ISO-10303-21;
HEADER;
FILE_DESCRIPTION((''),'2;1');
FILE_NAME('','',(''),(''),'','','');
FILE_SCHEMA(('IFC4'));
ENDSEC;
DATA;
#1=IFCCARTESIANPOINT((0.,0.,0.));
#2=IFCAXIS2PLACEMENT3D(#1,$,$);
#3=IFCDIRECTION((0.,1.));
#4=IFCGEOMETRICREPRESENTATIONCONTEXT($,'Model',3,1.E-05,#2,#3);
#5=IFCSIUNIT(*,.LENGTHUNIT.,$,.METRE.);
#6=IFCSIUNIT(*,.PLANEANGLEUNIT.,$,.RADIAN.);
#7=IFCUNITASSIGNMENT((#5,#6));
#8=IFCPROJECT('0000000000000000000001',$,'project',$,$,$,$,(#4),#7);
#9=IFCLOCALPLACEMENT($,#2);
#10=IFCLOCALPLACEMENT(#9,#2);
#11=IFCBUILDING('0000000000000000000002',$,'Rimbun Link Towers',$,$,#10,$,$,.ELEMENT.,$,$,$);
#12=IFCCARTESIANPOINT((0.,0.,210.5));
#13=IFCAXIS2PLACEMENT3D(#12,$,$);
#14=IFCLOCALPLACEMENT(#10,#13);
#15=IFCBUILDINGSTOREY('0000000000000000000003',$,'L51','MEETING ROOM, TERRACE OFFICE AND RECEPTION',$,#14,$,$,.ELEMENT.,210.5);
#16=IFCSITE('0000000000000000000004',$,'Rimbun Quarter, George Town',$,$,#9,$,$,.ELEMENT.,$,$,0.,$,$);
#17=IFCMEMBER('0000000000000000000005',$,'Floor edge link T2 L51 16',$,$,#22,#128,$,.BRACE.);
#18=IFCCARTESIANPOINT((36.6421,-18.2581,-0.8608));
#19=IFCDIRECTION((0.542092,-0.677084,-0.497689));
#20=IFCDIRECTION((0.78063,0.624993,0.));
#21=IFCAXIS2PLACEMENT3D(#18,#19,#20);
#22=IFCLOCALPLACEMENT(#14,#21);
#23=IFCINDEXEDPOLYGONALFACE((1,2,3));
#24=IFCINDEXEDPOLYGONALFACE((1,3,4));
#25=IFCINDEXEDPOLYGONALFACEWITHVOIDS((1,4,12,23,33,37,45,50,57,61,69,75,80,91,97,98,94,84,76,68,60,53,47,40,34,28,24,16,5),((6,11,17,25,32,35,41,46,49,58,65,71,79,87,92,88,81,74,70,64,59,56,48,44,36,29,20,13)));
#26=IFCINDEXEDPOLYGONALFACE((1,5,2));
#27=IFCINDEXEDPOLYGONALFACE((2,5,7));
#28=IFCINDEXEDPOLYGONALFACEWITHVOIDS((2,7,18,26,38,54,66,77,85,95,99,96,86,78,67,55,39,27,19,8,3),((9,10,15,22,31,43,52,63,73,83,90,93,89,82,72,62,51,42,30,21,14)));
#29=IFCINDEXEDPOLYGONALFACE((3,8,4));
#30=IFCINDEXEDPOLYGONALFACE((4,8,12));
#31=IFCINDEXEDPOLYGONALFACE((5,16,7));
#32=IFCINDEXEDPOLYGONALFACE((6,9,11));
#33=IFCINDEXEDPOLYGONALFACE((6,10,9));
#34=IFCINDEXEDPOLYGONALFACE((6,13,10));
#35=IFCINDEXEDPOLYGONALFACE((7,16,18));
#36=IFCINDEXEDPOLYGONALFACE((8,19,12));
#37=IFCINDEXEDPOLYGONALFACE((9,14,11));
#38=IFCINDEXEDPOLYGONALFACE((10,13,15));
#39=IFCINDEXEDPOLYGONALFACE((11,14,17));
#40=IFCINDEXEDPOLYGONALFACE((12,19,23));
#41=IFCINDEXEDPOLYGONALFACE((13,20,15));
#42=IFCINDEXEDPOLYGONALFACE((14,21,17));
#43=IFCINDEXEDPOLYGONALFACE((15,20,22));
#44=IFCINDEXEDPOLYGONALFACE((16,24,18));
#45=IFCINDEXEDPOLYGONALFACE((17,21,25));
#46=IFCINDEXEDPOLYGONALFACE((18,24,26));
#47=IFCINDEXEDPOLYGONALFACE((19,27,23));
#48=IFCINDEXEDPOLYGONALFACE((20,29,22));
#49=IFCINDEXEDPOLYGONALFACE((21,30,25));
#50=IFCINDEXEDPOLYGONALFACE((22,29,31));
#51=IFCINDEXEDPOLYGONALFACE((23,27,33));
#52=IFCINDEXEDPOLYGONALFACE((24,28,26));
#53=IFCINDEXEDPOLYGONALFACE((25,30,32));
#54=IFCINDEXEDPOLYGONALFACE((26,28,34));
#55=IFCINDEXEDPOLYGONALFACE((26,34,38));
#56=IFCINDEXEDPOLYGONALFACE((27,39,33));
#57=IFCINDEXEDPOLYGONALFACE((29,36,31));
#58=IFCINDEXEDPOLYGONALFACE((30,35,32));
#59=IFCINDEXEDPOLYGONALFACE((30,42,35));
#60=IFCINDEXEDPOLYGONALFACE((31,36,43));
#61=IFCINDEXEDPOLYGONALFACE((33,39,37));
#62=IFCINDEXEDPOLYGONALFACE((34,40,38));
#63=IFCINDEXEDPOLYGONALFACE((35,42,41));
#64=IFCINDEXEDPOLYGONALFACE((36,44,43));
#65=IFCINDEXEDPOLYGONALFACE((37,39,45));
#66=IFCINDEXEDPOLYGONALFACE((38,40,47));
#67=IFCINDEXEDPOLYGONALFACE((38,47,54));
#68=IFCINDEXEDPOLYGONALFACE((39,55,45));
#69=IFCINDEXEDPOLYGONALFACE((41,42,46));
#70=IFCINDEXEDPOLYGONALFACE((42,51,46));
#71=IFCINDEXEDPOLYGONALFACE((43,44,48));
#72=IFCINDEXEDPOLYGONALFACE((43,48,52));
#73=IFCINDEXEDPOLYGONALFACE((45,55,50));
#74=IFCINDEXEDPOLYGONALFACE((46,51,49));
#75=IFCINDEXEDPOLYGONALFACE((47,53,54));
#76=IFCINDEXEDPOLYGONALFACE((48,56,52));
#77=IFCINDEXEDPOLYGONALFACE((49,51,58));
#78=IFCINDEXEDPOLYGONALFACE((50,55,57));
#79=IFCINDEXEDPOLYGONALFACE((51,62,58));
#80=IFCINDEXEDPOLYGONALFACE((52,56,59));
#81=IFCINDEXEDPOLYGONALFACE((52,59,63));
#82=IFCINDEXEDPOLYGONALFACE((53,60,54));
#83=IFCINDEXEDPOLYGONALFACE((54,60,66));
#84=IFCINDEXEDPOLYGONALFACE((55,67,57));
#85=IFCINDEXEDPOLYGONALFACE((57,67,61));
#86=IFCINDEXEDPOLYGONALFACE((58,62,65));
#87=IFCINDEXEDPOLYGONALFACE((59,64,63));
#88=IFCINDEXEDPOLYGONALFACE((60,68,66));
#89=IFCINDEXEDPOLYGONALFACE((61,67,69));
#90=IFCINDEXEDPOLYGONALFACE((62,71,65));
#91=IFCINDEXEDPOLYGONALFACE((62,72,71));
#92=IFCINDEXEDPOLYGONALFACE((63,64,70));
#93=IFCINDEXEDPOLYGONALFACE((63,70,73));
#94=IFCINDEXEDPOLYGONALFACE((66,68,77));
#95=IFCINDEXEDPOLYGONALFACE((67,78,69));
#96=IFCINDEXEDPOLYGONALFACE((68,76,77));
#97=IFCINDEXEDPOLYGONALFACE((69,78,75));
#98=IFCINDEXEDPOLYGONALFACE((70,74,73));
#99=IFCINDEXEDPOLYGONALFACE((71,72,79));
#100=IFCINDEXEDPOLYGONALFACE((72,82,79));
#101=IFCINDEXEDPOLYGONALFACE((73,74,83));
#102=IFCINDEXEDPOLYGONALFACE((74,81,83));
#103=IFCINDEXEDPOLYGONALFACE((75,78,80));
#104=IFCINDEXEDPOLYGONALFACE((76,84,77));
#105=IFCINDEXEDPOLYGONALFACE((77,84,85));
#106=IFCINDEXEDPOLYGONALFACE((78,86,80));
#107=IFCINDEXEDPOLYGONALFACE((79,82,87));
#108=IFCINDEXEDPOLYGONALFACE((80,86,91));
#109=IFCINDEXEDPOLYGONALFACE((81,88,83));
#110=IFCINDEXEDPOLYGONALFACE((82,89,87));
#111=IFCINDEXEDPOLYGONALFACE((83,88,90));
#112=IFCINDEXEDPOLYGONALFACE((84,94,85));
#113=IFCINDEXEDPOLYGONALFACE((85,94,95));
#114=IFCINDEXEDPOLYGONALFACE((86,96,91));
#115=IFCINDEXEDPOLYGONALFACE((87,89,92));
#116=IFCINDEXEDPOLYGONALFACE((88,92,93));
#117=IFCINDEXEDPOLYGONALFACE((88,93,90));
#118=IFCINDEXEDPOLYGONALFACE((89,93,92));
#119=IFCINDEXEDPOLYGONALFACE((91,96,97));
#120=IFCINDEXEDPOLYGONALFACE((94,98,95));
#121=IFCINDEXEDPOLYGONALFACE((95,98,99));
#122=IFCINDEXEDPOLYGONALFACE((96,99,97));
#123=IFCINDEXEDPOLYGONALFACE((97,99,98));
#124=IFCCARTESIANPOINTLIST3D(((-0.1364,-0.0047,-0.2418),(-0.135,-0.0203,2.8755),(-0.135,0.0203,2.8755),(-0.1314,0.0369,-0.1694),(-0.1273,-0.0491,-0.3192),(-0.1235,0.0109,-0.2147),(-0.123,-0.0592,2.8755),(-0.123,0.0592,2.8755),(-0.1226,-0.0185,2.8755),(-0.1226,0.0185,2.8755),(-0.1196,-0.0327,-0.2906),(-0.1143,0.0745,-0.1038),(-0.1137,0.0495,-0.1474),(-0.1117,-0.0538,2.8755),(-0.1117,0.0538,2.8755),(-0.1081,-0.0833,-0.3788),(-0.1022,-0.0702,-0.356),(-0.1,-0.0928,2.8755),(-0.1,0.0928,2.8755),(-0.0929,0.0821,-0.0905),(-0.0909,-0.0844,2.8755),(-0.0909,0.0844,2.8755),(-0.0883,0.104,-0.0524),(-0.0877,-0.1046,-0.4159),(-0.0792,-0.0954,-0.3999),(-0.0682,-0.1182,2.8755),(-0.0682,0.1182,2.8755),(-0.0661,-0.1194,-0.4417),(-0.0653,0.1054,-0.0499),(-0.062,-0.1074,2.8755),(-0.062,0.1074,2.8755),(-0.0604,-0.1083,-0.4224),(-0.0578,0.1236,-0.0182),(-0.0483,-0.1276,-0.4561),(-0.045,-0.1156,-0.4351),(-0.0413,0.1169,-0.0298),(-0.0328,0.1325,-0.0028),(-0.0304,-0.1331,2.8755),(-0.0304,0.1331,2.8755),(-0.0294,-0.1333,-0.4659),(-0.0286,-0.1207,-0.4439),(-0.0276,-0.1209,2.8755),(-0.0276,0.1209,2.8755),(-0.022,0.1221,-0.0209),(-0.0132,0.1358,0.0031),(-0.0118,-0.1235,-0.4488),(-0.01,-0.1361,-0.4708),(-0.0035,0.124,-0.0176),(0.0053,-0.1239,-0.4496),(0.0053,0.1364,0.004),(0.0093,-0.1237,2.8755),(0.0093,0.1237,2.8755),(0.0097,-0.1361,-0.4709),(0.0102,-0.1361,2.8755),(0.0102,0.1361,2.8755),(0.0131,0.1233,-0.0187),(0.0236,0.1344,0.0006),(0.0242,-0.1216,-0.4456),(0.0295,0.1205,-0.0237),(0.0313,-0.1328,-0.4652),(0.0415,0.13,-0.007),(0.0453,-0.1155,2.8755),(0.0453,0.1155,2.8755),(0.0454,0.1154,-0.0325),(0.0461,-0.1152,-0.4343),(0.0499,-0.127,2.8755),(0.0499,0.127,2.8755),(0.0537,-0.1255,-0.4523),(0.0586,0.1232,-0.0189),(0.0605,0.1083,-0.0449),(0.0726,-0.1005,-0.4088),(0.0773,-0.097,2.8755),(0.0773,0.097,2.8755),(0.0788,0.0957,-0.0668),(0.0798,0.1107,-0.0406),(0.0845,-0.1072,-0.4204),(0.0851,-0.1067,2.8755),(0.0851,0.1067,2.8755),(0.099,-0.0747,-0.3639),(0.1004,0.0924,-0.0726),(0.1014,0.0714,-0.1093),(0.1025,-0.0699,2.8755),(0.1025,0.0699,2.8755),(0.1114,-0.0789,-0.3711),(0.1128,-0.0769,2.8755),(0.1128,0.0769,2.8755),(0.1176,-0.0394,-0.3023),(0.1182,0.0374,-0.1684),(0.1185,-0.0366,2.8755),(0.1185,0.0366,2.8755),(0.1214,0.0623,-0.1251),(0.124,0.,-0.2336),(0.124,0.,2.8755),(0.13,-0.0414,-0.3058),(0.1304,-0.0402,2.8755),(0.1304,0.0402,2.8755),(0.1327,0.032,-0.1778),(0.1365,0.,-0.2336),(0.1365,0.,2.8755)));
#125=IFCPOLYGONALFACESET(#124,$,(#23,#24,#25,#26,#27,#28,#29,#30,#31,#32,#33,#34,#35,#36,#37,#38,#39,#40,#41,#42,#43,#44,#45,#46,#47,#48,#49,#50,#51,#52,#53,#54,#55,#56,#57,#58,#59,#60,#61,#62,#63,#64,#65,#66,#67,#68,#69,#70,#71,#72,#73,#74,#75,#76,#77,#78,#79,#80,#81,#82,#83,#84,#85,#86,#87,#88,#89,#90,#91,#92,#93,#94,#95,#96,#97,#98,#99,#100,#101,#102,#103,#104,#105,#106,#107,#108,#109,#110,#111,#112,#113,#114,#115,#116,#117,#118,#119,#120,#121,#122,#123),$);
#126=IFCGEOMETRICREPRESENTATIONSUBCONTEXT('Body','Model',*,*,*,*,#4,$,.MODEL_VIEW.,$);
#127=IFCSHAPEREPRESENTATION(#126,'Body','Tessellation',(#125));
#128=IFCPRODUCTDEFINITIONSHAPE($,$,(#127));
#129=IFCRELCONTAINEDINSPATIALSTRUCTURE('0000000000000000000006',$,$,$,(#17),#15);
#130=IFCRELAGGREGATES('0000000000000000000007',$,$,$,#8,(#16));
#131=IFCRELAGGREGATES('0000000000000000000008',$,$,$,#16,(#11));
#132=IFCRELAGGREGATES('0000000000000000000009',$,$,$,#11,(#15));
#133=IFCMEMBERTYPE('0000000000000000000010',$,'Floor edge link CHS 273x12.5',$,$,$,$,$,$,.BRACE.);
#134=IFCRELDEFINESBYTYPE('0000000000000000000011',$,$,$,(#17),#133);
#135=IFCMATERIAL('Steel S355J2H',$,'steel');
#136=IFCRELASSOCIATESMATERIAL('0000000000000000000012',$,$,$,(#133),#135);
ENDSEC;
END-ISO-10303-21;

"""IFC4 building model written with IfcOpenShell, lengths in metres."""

from ifc_helpers import new_model, si_unit, direction, frame, origin, origin_2d, place, context, subcontext, project, spatial, hollow_circle, extrude, clip, halfspace, material, material_profile, profile_set, type_object, element, save


model = new_model("IFC4")

# Units and contexts
model_context = context("Model", 3, precision=1e-05, world=origin(), true_north=direction((0.0, 1.0)))
body_context = subcontext(model_context, "Body", "Model", "MODEL_VIEW")
ifc_project = project(units=[si_unit("LENGTHUNIT", "METRE"), si_unit("PLANEANGLEUNIT", "RADIAN")], contexts=[model_context])

# Site, building, storey
site_placement = place(None, origin())
site = spatial("IfcSite", under=ifc_project, at=site_placement, Name="Rimbun Quarter, George Town", CompositionType="ELEMENT", RefElevation=0.0)
building_placement = place(site_placement, origin())
building = spatial("IfcBuilding", under=site, at=building_placement, Name="Rimbun Link Towers", CompositionType="ELEMENT")
storey_placement = place(building_placement, frame((0.0, 0.0, 210.5)))
storey = spatial("IfcBuildingStorey", under=building, at=storey_placement, Name="L51", Description="MEETING ROOM, TERRACE OFFICE AND RECEPTION", CompositionType="ELEMENT", Elevation=210.5)

# Member
ifc_material_1 = material(Name="Steel S355J2H", Category="steel")
ifc_material_profile_1 = material_profile(ifc_material_1, hollow_circle(Radius=0.1365, WallThickness=0.0125, at=origin_2d()), Name="CHS 273x12.5")
ifc_profile_set_1 = profile_set([ifc_material_profile_1], Name="Steel S355J2H")
member_type = type_object("IfcMemberType", Name="Floor edge link CHS 273x12.5", PredefinedType="BRACE", material=ifc_profile_set_1)
member_placement = place(storey_placement, frame((36.6421, -18.2581, -0.8608), z_axis=(0.542092, -0.677084, -0.497689), x_axis=(0.78063, 0.624993, 0.0)))
element("IfcMember", 1, at=member_placement, inside=storey, type_object=member_type, Name="Floor edge link T2 L51 16", PredefinedType="BRACE", context=body_context, shape_type="Clipping", body=[
    clip(extrude(hollow_circle(Radius=0.1365, WallThickness=0.0125, at=origin_2d()), frame((0.0, 0.0, -0.4958)), (0.0, 0.0, 1.0), 3.3713), halfspace(frame((0.0, 0.0, -0.2336), z_axis=(0.0, 0.867356, -0.497689)), False)),
])

save(model, "model.ifc")
